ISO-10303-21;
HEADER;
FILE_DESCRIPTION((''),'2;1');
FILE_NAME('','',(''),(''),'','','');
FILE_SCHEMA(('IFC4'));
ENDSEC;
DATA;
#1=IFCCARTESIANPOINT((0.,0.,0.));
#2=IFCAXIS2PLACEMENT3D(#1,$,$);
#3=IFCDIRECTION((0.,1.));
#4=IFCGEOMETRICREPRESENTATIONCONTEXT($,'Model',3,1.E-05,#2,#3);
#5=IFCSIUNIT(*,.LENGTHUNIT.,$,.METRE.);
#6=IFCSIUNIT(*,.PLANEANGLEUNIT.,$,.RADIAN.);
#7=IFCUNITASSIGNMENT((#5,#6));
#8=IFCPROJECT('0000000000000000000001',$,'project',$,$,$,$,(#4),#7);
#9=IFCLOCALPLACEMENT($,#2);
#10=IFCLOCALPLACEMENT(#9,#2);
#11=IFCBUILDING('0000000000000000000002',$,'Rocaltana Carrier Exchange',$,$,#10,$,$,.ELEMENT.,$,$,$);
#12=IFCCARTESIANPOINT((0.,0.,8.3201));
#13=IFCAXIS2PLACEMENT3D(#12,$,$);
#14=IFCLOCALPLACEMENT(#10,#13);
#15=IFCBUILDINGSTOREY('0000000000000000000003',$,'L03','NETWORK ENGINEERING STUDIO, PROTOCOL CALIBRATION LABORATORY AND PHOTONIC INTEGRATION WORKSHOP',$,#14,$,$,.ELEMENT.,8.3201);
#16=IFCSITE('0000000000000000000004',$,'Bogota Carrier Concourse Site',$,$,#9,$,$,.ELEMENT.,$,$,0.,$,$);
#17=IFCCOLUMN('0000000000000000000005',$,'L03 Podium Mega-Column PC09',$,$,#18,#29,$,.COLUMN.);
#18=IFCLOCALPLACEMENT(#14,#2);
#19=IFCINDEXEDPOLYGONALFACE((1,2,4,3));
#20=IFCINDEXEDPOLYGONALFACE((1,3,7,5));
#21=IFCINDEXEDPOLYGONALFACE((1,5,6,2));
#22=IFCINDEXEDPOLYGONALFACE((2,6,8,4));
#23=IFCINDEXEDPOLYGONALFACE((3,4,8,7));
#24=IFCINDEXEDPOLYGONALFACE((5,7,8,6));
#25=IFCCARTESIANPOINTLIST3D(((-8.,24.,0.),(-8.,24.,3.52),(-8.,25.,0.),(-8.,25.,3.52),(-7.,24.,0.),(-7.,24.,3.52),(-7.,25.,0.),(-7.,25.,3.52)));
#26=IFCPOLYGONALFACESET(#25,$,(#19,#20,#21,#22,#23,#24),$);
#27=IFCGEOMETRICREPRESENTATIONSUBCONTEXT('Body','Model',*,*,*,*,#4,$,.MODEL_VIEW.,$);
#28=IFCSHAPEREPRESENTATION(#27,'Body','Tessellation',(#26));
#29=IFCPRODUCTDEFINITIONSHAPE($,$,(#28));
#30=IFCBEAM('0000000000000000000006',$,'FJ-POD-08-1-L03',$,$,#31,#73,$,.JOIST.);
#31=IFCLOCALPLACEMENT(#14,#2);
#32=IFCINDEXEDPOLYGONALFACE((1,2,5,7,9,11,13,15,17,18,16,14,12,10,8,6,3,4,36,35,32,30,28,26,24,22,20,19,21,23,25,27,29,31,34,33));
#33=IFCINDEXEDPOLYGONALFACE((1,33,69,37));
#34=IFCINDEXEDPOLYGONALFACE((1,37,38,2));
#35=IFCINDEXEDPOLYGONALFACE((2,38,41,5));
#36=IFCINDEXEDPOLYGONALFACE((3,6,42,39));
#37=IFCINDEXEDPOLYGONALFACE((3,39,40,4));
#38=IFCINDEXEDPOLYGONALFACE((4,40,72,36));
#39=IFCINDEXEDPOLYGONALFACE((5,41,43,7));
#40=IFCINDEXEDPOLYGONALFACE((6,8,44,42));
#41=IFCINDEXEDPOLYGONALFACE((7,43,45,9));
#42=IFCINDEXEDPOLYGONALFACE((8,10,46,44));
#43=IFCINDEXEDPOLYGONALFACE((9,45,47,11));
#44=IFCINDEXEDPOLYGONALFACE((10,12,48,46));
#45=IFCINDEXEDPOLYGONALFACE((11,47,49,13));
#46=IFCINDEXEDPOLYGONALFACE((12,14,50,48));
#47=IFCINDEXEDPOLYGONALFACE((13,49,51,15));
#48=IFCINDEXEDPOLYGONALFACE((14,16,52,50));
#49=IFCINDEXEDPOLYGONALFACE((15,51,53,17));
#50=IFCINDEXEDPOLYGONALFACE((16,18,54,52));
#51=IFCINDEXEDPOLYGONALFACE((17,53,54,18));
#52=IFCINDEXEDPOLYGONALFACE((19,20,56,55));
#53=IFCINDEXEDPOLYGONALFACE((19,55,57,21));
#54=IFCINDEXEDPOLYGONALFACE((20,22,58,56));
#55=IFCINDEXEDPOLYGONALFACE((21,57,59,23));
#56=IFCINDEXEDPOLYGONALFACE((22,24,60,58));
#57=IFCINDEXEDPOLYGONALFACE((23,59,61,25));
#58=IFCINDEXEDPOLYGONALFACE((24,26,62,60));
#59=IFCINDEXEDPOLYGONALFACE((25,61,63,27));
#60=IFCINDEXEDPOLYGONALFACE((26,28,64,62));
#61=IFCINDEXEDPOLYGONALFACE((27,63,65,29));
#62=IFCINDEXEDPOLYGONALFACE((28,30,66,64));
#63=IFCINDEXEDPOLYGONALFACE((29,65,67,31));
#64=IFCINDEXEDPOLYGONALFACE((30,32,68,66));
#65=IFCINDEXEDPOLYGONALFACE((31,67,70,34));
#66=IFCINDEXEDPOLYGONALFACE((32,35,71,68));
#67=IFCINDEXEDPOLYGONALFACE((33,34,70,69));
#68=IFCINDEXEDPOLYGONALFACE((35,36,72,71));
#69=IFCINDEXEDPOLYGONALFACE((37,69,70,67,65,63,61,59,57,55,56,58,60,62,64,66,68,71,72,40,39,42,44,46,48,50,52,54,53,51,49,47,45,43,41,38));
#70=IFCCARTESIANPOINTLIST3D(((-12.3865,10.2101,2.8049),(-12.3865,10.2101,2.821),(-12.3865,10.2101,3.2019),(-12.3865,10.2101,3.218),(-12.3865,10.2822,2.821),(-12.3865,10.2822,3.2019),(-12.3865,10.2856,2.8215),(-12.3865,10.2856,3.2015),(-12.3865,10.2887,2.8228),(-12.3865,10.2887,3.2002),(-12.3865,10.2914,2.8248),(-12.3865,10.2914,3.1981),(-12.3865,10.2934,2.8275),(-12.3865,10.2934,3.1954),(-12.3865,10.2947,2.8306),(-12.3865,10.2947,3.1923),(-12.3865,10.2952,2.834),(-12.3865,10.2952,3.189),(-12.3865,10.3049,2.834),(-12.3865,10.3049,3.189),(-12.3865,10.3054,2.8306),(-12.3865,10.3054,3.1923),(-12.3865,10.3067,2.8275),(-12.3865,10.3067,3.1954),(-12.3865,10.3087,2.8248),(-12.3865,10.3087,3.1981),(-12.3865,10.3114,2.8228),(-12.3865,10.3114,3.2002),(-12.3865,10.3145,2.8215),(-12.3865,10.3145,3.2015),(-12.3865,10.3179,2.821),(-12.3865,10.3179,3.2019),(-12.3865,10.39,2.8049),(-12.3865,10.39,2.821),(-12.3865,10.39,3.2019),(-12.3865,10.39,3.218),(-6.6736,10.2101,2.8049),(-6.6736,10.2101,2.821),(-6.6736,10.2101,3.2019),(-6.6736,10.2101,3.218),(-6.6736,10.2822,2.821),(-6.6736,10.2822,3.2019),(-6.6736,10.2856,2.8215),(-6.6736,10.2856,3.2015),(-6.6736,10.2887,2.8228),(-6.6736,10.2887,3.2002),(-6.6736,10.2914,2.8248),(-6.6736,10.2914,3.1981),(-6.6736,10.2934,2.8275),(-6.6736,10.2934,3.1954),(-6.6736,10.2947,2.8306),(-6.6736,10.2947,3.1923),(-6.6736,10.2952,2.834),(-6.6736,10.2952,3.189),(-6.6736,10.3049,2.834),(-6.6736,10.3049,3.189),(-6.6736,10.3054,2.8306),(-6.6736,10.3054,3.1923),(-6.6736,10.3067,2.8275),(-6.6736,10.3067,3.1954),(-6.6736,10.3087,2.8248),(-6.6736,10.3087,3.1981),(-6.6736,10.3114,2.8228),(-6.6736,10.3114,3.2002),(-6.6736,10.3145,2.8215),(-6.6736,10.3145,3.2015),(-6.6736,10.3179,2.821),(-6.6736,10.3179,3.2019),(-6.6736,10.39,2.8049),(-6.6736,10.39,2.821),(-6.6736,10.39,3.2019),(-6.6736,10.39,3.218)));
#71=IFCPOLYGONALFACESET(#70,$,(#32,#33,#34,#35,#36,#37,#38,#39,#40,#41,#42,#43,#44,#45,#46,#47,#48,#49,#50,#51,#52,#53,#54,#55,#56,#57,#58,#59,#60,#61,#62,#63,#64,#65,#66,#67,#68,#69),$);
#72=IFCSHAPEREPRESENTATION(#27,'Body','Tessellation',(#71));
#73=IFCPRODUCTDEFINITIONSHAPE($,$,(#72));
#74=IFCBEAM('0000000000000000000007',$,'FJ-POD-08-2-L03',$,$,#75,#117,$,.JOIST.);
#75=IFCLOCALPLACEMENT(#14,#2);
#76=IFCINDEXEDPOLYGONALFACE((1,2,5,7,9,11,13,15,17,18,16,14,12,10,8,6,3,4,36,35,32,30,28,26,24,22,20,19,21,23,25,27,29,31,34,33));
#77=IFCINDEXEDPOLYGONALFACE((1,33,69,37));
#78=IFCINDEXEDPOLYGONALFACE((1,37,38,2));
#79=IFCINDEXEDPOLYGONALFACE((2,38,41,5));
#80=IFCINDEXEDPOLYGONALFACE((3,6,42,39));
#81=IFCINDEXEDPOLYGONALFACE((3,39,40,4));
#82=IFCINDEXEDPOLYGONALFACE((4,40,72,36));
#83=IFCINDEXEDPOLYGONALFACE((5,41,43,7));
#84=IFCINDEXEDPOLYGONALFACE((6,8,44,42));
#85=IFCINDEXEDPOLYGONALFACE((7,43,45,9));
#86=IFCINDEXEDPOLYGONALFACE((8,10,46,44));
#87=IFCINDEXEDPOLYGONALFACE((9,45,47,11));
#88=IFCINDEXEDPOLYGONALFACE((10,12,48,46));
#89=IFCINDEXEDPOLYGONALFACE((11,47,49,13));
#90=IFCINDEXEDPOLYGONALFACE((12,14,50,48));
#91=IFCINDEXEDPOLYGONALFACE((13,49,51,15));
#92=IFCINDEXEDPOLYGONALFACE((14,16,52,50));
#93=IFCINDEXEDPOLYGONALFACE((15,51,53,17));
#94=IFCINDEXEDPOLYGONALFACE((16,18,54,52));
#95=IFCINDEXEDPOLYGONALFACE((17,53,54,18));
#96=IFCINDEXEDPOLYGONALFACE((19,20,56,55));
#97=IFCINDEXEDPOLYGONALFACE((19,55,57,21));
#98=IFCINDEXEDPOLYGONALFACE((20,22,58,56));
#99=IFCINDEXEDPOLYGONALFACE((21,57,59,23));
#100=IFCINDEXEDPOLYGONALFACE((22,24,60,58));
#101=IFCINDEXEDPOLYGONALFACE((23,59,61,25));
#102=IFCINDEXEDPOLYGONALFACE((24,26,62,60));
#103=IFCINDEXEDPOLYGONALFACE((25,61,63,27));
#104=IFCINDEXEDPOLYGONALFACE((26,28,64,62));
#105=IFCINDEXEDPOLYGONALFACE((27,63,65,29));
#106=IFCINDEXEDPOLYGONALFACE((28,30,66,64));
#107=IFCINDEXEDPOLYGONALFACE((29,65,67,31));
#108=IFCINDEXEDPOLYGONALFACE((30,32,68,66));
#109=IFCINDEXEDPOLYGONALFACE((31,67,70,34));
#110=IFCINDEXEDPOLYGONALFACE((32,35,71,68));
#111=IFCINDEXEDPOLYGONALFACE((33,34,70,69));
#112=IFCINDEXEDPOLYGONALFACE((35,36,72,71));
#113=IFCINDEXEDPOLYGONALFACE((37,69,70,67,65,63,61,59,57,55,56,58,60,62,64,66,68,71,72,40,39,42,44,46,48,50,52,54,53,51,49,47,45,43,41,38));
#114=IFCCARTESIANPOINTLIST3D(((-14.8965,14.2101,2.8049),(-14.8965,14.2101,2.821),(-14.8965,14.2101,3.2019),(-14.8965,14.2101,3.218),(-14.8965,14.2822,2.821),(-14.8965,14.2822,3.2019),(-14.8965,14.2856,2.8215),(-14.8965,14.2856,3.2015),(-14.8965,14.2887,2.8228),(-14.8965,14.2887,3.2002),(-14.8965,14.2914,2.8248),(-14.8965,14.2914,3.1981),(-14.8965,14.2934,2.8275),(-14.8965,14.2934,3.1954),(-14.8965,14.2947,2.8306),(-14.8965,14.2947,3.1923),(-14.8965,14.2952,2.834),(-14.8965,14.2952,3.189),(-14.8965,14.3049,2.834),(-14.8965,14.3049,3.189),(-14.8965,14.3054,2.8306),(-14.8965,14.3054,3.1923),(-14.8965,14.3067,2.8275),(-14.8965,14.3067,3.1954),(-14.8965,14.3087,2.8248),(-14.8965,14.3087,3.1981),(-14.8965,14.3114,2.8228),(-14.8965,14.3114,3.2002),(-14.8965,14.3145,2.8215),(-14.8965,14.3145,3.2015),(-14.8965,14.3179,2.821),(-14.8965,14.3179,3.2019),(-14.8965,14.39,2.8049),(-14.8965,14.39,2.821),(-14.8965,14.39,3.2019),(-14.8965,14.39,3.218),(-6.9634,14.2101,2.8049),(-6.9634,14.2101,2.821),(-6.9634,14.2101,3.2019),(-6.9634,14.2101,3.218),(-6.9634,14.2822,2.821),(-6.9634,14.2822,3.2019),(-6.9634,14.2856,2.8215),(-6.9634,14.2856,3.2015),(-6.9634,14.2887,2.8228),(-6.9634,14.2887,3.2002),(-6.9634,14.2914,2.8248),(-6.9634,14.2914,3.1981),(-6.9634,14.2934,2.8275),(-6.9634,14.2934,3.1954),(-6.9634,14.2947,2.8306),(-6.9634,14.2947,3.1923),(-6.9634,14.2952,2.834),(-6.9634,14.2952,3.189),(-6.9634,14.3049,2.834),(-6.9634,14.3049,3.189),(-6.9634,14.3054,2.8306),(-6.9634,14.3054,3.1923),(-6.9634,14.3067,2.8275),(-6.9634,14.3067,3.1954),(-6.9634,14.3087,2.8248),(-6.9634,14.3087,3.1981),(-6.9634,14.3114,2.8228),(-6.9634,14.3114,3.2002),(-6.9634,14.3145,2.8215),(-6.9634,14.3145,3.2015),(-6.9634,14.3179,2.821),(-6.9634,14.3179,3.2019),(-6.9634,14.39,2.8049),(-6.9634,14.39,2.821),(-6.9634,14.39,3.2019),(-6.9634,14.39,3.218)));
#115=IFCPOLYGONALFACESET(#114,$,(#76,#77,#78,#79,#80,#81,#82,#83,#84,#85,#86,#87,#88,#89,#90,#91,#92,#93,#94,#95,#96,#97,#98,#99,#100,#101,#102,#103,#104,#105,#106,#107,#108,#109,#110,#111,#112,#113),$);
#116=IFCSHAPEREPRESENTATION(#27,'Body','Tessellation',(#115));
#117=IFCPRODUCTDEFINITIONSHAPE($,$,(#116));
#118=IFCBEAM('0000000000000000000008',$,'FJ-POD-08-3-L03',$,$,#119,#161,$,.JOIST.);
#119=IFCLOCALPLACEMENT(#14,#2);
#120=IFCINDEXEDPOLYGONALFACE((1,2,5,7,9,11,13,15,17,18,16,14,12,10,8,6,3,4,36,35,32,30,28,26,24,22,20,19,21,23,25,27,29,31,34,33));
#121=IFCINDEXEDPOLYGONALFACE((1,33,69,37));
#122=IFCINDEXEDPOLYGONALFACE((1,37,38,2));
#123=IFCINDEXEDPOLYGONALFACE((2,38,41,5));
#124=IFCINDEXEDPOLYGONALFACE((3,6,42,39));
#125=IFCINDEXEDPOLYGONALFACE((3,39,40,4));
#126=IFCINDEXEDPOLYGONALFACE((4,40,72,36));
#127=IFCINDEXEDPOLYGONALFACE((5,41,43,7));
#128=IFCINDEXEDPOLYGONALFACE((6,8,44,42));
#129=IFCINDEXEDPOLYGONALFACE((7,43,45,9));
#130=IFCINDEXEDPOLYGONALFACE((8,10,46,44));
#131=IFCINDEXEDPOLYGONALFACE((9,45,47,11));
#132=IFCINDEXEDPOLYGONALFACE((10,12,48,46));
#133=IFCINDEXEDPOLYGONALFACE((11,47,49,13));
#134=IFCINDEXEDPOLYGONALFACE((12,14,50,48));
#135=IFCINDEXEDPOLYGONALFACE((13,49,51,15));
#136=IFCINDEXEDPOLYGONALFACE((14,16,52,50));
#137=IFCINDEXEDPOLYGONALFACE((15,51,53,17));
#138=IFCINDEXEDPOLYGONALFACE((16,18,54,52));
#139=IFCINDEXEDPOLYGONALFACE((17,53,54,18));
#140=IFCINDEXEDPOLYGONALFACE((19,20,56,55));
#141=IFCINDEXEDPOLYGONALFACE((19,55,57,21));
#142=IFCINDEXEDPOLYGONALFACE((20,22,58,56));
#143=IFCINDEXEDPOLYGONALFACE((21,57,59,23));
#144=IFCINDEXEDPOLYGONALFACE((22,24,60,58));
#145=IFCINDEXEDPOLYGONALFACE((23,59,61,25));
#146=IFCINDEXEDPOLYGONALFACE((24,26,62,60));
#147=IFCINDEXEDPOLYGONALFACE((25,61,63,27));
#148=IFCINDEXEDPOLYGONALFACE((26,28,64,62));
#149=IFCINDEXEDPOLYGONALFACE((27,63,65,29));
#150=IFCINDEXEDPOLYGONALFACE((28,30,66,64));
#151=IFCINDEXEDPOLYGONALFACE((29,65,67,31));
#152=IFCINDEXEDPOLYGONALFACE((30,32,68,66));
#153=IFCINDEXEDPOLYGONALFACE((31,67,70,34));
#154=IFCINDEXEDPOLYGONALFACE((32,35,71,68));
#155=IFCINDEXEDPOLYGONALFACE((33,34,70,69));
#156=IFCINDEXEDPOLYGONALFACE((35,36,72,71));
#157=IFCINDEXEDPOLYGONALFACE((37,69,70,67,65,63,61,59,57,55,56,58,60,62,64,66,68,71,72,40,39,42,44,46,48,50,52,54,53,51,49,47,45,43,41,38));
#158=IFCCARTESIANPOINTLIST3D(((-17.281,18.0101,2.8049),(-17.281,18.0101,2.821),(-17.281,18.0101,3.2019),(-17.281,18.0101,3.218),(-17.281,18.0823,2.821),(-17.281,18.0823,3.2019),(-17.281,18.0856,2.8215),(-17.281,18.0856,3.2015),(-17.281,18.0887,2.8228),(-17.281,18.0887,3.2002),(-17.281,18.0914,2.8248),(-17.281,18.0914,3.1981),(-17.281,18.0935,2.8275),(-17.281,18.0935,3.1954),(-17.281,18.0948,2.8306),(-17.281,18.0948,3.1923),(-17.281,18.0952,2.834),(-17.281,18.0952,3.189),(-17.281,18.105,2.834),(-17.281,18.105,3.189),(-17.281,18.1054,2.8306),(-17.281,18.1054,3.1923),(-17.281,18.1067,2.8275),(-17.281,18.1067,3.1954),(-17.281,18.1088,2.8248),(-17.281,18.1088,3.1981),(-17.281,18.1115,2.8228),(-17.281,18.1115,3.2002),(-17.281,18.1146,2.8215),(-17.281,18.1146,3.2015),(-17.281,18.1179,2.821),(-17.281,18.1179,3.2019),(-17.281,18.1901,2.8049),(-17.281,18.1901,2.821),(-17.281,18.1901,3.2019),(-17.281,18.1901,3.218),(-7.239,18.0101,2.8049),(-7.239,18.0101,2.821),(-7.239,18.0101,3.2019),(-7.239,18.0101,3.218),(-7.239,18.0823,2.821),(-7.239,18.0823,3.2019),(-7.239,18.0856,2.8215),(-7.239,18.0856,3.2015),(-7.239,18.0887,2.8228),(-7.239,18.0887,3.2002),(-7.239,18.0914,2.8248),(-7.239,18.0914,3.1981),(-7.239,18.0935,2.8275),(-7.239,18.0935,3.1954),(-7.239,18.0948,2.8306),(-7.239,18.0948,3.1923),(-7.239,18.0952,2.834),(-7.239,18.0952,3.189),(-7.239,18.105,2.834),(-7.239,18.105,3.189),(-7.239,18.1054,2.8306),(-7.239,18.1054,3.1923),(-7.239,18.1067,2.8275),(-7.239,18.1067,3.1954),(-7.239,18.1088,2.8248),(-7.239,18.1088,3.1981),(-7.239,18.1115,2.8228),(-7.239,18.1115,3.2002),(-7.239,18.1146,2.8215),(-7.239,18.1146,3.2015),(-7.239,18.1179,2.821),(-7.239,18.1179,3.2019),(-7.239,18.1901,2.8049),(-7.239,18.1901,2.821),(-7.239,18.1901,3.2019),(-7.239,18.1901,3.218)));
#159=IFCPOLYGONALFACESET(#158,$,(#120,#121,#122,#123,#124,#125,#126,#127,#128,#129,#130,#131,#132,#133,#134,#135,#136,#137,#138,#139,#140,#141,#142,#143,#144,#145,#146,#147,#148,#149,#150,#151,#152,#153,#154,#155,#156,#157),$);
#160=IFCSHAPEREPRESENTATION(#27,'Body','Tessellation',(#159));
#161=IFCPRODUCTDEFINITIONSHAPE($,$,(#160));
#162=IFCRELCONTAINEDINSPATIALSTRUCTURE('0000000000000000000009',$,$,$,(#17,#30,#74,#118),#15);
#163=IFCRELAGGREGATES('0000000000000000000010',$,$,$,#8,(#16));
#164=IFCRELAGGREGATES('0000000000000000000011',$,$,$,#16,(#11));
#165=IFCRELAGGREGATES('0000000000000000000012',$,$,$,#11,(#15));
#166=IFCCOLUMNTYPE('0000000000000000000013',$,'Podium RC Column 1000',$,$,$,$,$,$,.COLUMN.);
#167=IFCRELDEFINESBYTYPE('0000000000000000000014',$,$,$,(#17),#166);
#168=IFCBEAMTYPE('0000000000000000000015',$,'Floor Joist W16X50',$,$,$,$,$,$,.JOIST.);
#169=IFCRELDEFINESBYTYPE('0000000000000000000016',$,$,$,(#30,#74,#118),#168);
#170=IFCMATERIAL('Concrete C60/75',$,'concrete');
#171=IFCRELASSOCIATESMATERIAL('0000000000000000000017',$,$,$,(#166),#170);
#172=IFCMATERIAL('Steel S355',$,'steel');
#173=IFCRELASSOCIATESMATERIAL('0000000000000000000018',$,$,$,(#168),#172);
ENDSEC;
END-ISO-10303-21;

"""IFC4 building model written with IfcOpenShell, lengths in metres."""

from ifc_helpers import new_model, si_unit, direction, frame, origin, origin_2d, place, context, subcontext, project, spatial, rectangle, i_section, extrude, material, material_profile, profile_set, type_object, element, save


model = new_model("IFC4")

# Units and contexts
model_context = context("Model", 3, precision=1e-05, world=origin(), true_north=direction((0.0, 1.0)))
body_context = subcontext(model_context, "Body", "Model", "MODEL_VIEW")
ifc_project = project(units=[si_unit("LENGTHUNIT", "METRE"), si_unit("PLANEANGLEUNIT", "RADIAN")], contexts=[model_context])

# Site, building, storey
site_placement = place(None, origin())
site = spatial("IfcSite", under=ifc_project, at=site_placement, Name="Bogota Carrier Concourse Site", CompositionType="ELEMENT", RefElevation=0.0)
building_placement = place(site_placement, origin())
building = spatial("IfcBuilding", under=site, at=building_placement, Name="Rocaltana Carrier Exchange", CompositionType="ELEMENT")
storey_placement = place(building_placement, frame((0.0, 0.0, 8.3201)))
storey = spatial("IfcBuildingStorey", under=building, at=storey_placement, Name="L03", Description="NETWORK ENGINEERING STUDIO, PROTOCOL CALIBRATION LABORATORY AND PHOTONIC INTEGRATION WORKSHOP", CompositionType="ELEMENT", Elevation=8.3201)

# Column
ifc_material_1 = material(Name="Concrete C60/75", Category="concrete")
ifc_material_profile_1 = material_profile(ifc_material_1, rectangle(XDim=1.0, YDim=1.0, at=origin_2d()), Name="RC-COL-1000X1000")
ifc_profile_set_1 = profile_set([ifc_material_profile_1], Name="Concrete C60/75")
column_type = type_object("IfcColumnType", Name="Podium RC Column 1000", PredefinedType="COLUMN", material=ifc_profile_set_1)
column_placement = place(storey_placement, frame((-7.5, 24.5, 0.0), z_axis=(0.0, 0.0, 1.0), x_axis=(1.0, 0.0, 0.0)))
element("IfcColumn", 1, at=column_placement, inside=storey, type_object=column_type, Name="L03 Podium Mega-Column PC09", PredefinedType="COLUMN", context=body_context, shape_type="SweptSolid", body=[
    extrude(rectangle(XDim=1.0, YDim=1.0, at=origin_2d()), origin(), (0.0, 0.0, 1.0), 3.52),
])

# Beams
ifc_material_2 = material(Name="Steel S355", Category="steel")
ifc_material_profile_2 = material_profile(ifc_material_2, i_section(OverallWidth=0.1799, OverallDepth=0.4131, WebThickness=0.0098, FlangeThickness=0.0161, FilletRadius=0.0129, at=origin_2d()), Name="W16X50")
ifc_profile_set_2 = profile_set([ifc_material_profile_2], Name="Steel S355")
beam_type_1 = type_object("IfcBeamType", Name="Floor Joist W16X50", PredefinedType="JOIST", material=ifc_profile_set_2)
beam_1_placement = place(storey_placement, frame((-6.6736, 10.3, 3.0115), z_axis=(-1.0, 0.0, 0.0), x_axis=(0.0, -1.0, 0.0)))
element("IfcBeam", 2, at=beam_1_placement, inside=storey, type_object=beam_type_1, Name="FJ-POD-08-1-L03", PredefinedType="JOIST", context=body_context, shape_type="SweptSolid", body=[
    extrude(i_section(OverallWidth=0.1799, OverallDepth=0.4131, WebThickness=0.0098, FlangeThickness=0.0161, FilletRadius=0.0129, at=origin_2d()), origin(), (0.0, 0.0, 1.0), 5.7129),
])
beam_2_placement = place(storey_placement, frame((-6.9634, 14.3, 3.0115), z_axis=(-1.0, 0.0, 0.0), x_axis=(0.0, -1.0, 0.0)))
element("IfcBeam", 3, at=beam_2_placement, inside=storey, type_object=beam_type_1, Name="FJ-POD-08-2-L03", PredefinedType="JOIST", context=body_context, shape_type="SweptSolid", body=[
    extrude(i_section(OverallWidth=0.1799, OverallDepth=0.4131, WebThickness=0.0098, FlangeThickness=0.0161, FilletRadius=0.0129, at=origin_2d()), origin(), (0.0, 0.0, 1.0), 7.9331),
])
beam_3_placement = place(storey_placement, frame((-7.239, 18.1001, 3.0115), z_axis=(-1.0, 0.0, 0.0), x_axis=(0.0, -1.0, 0.0)))
element("IfcBeam", 4, at=beam_3_placement, inside=storey, type_object=beam_type_1, Name="FJ-POD-08-3-L03", PredefinedType="JOIST", context=body_context, shape_type="SweptSolid", body=[
    extrude(i_section(OverallWidth=0.1799, OverallDepth=0.4131, WebThickness=0.0098, FlangeThickness=0.0161, FilletRadius=0.0129, at=origin_2d()), origin(), (0.0, 0.0, 1.0), 10.042),
])

save(model, "model.ifc")
